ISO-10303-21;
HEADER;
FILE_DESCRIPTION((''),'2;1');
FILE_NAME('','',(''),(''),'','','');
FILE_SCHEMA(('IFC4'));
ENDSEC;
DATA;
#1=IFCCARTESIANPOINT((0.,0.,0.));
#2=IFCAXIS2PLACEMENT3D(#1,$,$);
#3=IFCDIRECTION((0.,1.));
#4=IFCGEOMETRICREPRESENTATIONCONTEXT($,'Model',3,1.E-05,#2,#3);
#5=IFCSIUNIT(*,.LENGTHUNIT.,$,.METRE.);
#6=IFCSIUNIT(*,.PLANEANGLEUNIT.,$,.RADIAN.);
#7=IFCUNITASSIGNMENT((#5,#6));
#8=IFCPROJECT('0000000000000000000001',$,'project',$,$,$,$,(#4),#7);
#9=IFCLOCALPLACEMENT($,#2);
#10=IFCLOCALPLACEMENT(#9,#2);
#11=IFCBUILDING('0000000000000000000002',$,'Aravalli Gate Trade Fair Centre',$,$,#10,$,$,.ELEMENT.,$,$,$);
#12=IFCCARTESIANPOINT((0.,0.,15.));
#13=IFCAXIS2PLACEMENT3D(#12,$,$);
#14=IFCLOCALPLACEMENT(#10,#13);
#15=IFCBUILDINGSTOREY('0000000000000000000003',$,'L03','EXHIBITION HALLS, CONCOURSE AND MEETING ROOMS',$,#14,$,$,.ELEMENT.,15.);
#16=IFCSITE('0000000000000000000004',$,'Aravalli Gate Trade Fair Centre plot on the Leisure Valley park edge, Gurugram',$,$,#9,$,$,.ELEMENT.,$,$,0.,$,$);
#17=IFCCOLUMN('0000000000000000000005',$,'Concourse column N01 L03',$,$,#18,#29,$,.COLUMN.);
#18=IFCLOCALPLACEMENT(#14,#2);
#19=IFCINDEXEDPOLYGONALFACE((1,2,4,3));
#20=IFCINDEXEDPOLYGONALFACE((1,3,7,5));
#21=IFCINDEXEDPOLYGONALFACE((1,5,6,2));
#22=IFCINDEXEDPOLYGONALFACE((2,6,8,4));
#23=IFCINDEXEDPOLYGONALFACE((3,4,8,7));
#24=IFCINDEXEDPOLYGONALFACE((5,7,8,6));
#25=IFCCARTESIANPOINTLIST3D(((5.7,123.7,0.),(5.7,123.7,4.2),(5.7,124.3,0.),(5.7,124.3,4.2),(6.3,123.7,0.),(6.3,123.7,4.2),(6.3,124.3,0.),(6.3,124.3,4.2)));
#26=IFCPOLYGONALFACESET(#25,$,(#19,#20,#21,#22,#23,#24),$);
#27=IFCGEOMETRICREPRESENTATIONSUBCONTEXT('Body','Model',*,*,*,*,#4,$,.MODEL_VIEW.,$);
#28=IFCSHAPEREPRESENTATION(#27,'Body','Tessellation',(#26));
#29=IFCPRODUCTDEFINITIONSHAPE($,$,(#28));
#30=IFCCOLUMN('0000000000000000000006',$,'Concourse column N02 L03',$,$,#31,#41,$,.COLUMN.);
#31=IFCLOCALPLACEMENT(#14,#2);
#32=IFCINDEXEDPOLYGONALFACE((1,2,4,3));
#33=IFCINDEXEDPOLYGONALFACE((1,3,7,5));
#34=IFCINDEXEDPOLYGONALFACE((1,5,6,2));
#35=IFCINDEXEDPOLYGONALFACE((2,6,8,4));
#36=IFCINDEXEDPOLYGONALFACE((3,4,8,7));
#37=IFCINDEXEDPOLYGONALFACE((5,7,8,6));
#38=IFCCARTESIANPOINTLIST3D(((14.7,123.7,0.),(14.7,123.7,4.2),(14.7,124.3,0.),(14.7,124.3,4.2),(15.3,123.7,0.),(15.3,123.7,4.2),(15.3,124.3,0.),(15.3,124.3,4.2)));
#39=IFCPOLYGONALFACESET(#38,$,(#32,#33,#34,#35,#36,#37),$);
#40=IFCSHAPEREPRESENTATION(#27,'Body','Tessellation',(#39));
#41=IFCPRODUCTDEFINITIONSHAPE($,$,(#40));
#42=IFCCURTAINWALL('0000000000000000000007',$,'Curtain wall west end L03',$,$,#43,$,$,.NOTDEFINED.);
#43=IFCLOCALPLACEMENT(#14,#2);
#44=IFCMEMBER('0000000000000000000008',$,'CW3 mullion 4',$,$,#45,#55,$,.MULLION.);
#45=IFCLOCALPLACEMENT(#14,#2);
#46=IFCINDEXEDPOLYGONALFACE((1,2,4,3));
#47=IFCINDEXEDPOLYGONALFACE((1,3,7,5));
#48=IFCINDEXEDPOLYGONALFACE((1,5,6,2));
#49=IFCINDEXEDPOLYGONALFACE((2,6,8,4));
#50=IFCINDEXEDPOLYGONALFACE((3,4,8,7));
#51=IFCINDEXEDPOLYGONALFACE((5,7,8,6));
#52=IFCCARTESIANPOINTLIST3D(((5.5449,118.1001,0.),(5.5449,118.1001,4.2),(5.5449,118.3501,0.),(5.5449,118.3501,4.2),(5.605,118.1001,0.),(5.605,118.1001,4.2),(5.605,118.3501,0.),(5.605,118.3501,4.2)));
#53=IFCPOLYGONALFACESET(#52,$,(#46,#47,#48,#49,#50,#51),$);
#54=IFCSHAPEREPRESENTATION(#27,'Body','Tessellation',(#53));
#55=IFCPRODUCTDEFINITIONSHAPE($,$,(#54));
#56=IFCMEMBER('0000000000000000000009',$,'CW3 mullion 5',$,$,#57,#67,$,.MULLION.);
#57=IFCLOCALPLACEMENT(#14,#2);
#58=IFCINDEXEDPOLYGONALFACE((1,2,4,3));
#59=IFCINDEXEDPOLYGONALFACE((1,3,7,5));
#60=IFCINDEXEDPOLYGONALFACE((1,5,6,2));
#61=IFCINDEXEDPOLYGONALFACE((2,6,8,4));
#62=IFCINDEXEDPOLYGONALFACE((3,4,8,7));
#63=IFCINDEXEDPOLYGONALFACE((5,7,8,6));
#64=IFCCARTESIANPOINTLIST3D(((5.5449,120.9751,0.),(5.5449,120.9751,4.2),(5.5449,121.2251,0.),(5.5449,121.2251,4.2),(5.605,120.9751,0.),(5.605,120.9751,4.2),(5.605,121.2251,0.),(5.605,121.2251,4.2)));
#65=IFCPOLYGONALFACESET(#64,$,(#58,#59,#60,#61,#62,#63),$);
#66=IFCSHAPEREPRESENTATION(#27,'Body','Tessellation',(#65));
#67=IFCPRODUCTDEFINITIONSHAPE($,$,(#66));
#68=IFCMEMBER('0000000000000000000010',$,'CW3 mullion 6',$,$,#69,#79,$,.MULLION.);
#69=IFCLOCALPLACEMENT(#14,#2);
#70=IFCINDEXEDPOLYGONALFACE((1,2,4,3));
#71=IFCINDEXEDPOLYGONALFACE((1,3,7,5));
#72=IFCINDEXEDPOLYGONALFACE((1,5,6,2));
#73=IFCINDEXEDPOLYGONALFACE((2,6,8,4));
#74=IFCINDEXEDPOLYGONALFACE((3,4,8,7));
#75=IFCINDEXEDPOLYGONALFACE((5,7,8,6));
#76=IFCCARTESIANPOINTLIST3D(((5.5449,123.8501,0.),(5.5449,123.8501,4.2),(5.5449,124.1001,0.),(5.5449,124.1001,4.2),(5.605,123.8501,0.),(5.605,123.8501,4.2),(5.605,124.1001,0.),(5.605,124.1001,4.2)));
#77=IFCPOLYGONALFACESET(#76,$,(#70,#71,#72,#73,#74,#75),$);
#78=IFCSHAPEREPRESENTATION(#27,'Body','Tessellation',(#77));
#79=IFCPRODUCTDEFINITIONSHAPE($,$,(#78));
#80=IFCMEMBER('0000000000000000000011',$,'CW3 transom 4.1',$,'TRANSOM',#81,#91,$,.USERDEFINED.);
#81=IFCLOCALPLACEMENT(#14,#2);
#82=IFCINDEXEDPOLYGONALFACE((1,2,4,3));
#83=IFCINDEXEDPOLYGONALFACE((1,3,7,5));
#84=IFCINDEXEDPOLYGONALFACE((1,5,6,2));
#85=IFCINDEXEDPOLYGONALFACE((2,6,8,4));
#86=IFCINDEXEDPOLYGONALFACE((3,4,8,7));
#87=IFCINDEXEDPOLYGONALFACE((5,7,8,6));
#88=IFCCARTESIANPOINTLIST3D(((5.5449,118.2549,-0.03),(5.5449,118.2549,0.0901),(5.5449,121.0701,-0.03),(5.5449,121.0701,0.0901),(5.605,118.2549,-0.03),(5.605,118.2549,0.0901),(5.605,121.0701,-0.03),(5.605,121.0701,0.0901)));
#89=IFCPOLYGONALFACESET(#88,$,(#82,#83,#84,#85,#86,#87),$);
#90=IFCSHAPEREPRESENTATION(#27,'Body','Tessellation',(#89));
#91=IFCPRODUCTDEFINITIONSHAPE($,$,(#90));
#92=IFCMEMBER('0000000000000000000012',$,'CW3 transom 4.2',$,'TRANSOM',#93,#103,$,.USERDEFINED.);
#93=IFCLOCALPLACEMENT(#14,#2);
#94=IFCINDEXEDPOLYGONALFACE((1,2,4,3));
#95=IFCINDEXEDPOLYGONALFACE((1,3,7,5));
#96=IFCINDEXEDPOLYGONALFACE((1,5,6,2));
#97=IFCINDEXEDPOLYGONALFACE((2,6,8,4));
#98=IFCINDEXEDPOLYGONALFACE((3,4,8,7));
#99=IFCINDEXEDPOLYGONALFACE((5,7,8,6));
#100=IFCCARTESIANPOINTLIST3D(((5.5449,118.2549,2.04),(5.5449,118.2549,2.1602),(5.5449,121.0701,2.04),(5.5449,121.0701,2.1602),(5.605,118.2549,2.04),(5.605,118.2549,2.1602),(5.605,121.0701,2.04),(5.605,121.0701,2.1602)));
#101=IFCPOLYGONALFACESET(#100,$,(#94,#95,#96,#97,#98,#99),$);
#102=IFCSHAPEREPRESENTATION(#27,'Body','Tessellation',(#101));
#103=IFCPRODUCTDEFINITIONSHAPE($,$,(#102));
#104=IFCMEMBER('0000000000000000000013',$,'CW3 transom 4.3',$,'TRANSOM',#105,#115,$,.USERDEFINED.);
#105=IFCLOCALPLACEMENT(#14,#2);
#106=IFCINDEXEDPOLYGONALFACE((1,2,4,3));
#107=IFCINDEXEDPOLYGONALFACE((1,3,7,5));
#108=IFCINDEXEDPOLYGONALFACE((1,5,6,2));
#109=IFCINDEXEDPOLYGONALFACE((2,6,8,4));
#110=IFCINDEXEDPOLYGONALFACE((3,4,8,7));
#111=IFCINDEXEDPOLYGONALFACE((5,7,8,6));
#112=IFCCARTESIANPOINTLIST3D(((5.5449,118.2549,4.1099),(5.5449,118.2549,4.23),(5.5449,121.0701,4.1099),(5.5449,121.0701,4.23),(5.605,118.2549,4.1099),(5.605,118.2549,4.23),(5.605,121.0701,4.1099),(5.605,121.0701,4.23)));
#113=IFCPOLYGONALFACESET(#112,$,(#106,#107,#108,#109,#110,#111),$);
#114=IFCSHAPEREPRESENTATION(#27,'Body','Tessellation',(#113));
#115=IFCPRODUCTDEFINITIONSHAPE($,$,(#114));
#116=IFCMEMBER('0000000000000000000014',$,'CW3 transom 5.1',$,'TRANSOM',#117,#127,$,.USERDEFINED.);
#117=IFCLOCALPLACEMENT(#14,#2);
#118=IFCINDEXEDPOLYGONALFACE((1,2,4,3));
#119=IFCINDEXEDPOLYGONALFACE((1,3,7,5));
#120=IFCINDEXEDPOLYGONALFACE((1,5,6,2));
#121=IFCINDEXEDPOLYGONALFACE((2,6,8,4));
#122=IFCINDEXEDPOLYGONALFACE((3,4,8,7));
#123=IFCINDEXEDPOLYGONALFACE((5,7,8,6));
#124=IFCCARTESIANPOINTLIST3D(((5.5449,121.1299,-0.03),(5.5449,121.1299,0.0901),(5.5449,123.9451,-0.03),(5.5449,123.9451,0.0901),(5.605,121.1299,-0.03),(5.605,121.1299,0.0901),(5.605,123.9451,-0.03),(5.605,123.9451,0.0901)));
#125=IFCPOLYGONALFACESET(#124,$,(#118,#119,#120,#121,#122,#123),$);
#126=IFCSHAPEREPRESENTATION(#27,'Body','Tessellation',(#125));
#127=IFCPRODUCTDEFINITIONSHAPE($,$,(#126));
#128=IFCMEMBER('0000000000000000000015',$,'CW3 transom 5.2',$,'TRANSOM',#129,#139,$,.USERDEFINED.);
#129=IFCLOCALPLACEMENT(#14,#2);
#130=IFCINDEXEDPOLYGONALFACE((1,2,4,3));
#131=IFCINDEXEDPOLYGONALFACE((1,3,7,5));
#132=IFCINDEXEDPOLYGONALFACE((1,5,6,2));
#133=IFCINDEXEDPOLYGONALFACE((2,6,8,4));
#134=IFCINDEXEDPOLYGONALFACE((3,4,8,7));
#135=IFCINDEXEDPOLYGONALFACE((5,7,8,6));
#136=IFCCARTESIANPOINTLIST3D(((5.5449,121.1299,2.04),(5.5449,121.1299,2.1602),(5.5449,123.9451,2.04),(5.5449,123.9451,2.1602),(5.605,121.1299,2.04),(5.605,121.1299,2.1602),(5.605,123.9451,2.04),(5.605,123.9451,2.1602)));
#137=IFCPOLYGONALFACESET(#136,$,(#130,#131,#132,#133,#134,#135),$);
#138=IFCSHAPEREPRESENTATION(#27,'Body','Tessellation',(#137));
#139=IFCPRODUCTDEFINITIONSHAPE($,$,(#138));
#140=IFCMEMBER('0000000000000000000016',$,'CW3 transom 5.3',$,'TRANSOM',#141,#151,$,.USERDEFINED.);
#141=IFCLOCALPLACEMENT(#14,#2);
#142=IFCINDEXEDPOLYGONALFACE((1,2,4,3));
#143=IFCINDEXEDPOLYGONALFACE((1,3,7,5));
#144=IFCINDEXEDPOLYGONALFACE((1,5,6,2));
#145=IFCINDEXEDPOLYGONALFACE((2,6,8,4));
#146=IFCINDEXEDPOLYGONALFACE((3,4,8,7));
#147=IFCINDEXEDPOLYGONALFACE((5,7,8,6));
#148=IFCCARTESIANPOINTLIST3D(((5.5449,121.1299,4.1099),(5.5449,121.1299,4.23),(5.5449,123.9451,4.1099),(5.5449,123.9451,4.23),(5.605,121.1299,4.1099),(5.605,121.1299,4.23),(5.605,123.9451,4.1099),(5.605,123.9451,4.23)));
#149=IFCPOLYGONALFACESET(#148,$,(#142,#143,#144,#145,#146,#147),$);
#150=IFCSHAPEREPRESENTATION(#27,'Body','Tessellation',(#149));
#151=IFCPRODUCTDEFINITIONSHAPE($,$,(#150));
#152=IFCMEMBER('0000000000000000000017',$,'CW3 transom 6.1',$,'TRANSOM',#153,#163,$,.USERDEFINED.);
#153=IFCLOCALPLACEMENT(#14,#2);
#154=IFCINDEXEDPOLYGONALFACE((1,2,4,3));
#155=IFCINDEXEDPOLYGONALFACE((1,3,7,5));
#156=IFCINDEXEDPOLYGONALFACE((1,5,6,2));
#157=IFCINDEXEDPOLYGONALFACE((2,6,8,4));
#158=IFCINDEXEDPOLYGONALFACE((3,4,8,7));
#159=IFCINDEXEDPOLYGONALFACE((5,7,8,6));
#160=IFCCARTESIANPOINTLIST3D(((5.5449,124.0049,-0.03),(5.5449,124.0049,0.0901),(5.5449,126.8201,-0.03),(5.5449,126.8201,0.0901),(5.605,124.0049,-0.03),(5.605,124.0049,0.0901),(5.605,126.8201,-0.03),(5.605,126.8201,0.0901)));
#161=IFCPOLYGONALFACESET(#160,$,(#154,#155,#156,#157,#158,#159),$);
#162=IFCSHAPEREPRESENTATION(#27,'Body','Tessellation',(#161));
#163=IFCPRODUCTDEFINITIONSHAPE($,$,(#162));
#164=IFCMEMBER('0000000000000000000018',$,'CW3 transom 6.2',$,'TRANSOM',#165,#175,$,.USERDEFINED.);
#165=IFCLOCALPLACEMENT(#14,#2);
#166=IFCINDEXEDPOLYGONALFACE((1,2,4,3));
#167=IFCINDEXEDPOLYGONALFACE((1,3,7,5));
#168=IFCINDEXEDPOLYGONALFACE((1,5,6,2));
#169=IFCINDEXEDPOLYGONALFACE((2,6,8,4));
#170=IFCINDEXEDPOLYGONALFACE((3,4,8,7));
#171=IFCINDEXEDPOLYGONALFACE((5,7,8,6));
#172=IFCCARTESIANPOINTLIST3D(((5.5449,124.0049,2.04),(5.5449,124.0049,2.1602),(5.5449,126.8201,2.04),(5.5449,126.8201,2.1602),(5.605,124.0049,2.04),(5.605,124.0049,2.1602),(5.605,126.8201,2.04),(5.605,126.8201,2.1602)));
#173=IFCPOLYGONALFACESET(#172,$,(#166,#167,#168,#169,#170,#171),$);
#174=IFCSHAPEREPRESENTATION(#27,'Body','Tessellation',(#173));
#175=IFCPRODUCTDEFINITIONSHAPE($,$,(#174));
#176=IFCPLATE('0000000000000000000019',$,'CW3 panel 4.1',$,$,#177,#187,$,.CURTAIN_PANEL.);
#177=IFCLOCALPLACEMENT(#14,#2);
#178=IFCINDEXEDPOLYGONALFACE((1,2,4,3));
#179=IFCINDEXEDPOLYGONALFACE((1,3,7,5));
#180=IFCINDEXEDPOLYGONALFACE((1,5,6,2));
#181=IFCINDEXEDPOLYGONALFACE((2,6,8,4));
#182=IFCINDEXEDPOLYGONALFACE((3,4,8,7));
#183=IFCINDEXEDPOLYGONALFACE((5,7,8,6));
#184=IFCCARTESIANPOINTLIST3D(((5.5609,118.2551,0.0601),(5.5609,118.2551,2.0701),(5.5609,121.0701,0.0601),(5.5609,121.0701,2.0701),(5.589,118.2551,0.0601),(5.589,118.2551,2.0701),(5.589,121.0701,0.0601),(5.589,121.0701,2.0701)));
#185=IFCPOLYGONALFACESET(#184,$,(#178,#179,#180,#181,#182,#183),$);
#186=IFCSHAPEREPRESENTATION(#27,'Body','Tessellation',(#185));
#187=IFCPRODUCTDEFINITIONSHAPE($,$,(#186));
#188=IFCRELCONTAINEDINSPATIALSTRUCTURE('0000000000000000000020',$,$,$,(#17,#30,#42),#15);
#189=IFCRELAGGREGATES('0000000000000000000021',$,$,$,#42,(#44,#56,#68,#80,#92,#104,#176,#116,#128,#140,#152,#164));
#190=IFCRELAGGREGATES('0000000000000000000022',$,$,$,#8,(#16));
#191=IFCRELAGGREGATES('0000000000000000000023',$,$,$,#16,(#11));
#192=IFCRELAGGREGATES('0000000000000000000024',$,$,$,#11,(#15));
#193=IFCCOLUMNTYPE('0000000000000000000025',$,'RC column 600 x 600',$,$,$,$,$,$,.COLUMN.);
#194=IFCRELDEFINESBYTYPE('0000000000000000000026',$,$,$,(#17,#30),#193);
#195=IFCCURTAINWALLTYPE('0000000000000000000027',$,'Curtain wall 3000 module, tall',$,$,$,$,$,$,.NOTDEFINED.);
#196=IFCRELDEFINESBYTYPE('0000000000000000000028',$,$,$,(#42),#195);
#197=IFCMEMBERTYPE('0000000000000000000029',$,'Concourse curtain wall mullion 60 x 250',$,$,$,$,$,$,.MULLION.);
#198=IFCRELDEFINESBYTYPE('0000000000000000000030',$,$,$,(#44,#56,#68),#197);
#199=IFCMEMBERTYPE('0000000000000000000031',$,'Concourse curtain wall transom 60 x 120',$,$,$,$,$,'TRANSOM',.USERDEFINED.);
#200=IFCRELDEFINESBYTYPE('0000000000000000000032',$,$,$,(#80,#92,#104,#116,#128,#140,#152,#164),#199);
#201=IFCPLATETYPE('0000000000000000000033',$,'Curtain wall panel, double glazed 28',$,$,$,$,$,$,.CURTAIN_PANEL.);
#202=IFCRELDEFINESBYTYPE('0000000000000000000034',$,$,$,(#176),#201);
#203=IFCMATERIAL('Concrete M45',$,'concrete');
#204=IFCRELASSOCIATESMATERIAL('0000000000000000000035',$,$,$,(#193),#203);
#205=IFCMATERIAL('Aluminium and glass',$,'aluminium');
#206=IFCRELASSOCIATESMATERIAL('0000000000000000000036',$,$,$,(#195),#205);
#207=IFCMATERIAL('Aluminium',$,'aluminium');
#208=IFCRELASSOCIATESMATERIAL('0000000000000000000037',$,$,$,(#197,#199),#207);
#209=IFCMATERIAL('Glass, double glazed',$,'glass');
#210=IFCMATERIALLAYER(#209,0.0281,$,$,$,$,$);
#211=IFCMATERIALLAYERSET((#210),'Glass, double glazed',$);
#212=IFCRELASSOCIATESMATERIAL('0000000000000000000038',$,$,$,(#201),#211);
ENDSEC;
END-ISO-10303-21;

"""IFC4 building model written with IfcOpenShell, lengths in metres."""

from ifc_helpers import new_model, si_unit, direction, frame, origin, origin_2d, place, context, subcontext, project, spatial, rectangle, extrude, material, layer, layer_set, material_profile, profile_set, type_object, element, aggregate, save


model = new_model("IFC4")

# Units and contexts
model_context = context("Model", 3, precision=1e-05, world=origin(), true_north=direction((0.0, 1.0)))
body_context = subcontext(model_context, "Body", "Model", "MODEL_VIEW")
ifc_project = project(units=[si_unit("LENGTHUNIT", "METRE"), si_unit("PLANEANGLEUNIT", "RADIAN")], contexts=[model_context])

# Site, building, storey
site_placement = place(None, origin())
site = spatial("IfcSite", under=ifc_project, at=site_placement, Name="Aravalli Gate Trade Fair Centre plot on the Leisure Valley park edge, Gurugram", CompositionType="ELEMENT", RefElevation=0.0)
building_placement = place(site_placement, origin())
building = spatial("IfcBuilding", under=site, at=building_placement, Name="Aravalli Gate Trade Fair Centre", CompositionType="ELEMENT")
storey_placement = place(building_placement, frame((0.0, 0.0, 15.0)))
storey = spatial("IfcBuildingStorey", under=building, at=storey_placement, Name="L03", Description="EXHIBITION HALLS, CONCOURSE AND MEETING ROOMS", CompositionType="ELEMENT", Elevation=15.0)

# Columns
ifc_material_1 = material(Name="Concrete M45", Category="concrete")
ifc_material_profile_1 = material_profile(ifc_material_1, rectangle(XDim=0.6001, YDim=0.6001, at=origin_2d()), Name="RC column 600 x 600")
ifc_profile_set_1 = profile_set([ifc_material_profile_1], Name="Concrete M45")
column_type = type_object("IfcColumnType", Name="RC column 600 x 600", PredefinedType="COLUMN", material=ifc_profile_set_1)
for number, where, z_axis, x_axis, name in (
    (1, (6.0, 124.0, 0.0), (0.0, 0.0, 1.0), (1.0, 0.0, 0.0), "Concourse column N01 L03"),
    (2, (15.0, 124.0, 0.0), (0.0, 0.0, 1.0), (1.0, 0.0, 0.0), "Concourse column N02 L03"),
):
    element("IfcColumn", number, at=place(storey_placement, frame(where, z_axis=z_axis, x_axis=x_axis)), inside=storey, type_object=column_type, Name=name, PredefinedType="COLUMN", context=body_context, shape_type="SweptSolid", body=[
        extrude(rectangle(XDim=0.6001, YDim=0.6001, at=origin_2d()), origin(), (0.0, 0.0, 1.0), 4.2),
    ])

# Curtain wall, members, plate
ifc_material_2 = material(Name="Aluminium and glass", Category="aluminium")
curtain_wall_type = type_object("IfcCurtainWallType", Name="Curtain wall 3000 module, tall", PredefinedType="NOTDEFINED", material=ifc_material_2)
curtain_wall_placement = place(storey_placement, origin())
curtain_wall = element("IfcCurtainWall", 3, at=curtain_wall_placement, inside=storey, type_object=curtain_wall_type, Name="Curtain wall west end L03", PredefinedType="NOTDEFINED")
ifc_material_3 = material(Name="Aluminium", Category="aluminium")
ifc_material_profile_2 = material_profile(ifc_material_3, rectangle(XDim=0.0601, YDim=0.25, at=origin_2d()), Name="Concourse curtain wall mullion 60 x 250")
ifc_profile_set_2 = profile_set([ifc_material_profile_2], Name="Aluminium")
member_type_1 = type_object("IfcMemberType", Name="Concourse curtain wall mullion 60 x 250", PredefinedType="MULLION", material=ifc_profile_set_2)
member_1_placement = place(storey_placement, frame((5.575, 118.2251, 0.0), z_axis=(0.0, 0.0, 1.0), x_axis=(-1.0, 0.0, 0.0)))
member_1 = element("IfcMember", 4, at=member_1_placement, type_object=member_type_1, Name="CW3 mullion 4", PredefinedType="MULLION", context=body_context, shape_type="SweptSolid", body=[
    extrude(rectangle(XDim=0.0601, YDim=0.25, at=origin_2d()), origin(), (0.0, 0.0, 1.0), 4.2),
])
member_2_placement = place(storey_placement, frame((5.575, 121.1001, 0.0), z_axis=(0.0, 0.0, 1.0), x_axis=(-1.0, 0.0, 0.0)))
member_2 = element("IfcMember", 5, at=member_2_placement, type_object=member_type_1, Name="CW3 mullion 5", PredefinedType="MULLION", context=body_context, shape_type="SweptSolid", body=[
    extrude(rectangle(XDim=0.0601, YDim=0.25, at=origin_2d()), origin(), (0.0, 0.0, 1.0), 4.2),
])
member_3_placement = place(storey_placement, frame((5.575, 123.9751, 0.0), z_axis=(0.0, 0.0, 1.0), x_axis=(-1.0, 0.0, 0.0)))
member_3 = element("IfcMember", 6, at=member_3_placement, type_object=member_type_1, Name="CW3 mullion 6", PredefinedType="MULLION", context=body_context, shape_type="SweptSolid", body=[
    extrude(rectangle(XDim=0.0601, YDim=0.25, at=origin_2d()), origin(), (0.0, 0.0, 1.0), 4.2),
])
ifc_material_profile_3 = material_profile(ifc_material_3, rectangle(XDim=0.0601, YDim=0.1201, at=origin_2d()), Name="Concourse curtain wall transom 60 x 120")
ifc_profile_set_3 = profile_set([ifc_material_profile_3], Name="Aluminium")
member_type_2 = type_object("IfcMemberType", Name="Concourse curtain wall transom 60 x 120", ElementType="TRANSOM", PredefinedType="USERDEFINED", material=ifc_profile_set_3)
member_4_placement = place(storey_placement, frame((5.575, 118.2549, 0.03), z_axis=(0.0, 1.0, 0.0), x_axis=(-1.0, 0.0, 0.0)))
member_4 = element("IfcMember", 7, at=member_4_placement, type_object=member_type_2, Name="CW3 transom 4.1", ObjectType="TRANSOM", PredefinedType="USERDEFINED", context=body_context, shape_type="SweptSolid", body=[
    extrude(rectangle(XDim=0.0601, YDim=0.1201, at=origin_2d()), origin(), (0.0, 0.0, 1.0), 2.8152),
])
member_5_placement = place(storey_placement, frame((5.575, 118.2549, 2.1001), z_axis=(0.0, 1.0, 0.0), x_axis=(-1.0, 0.0, 0.0)))
member_5 = element("IfcMember", 8, at=member_5_placement, type_object=member_type_2, Name="CW3 transom 4.2", ObjectType="TRANSOM", PredefinedType="USERDEFINED", context=body_context, shape_type="SweptSolid", body=[
    extrude(rectangle(XDim=0.0601, YDim=0.1201, at=origin_2d()), origin(), (0.0, 0.0, 1.0), 2.8152),
])
member_6_placement = place(storey_placement, frame((5.575, 118.2549, 4.1699), z_axis=(0.0, 1.0, 0.0), x_axis=(-1.0, 0.0, 0.0)))
member_6 = element("IfcMember", 9, at=member_6_placement, type_object=member_type_2, Name="CW3 transom 4.3", ObjectType="TRANSOM", PredefinedType="USERDEFINED", context=body_context, shape_type="SweptSolid", body=[
    extrude(rectangle(XDim=0.0601, YDim=0.1201, at=origin_2d()), origin(), (0.0, 0.0, 1.0), 2.8152),
])
member_7_placement = place(storey_placement, frame((5.575, 121.1299, 0.03), z_axis=(0.0, 1.0, 0.0), x_axis=(-1.0, 0.0, 0.0)))
member_7 = element("IfcMember", 10, at=member_7_placement, type_object=member_type_2, Name="CW3 transom 5.1", ObjectType="TRANSOM", PredefinedType="USERDEFINED", context=body_context, shape_type="SweptSolid", body=[
    extrude(rectangle(XDim=0.0601, YDim=0.1201, at=origin_2d()), origin(), (0.0, 0.0, 1.0), 2.8152),
])
member_8_placement = place(storey_placement, frame((5.575, 121.1299, 2.1001), z_axis=(0.0, 1.0, 0.0), x_axis=(-1.0, 0.0, 0.0)))
member_8 = element("IfcMember", 11, at=member_8_placement, type_object=member_type_2, Name="CW3 transom 5.2", ObjectType="TRANSOM", PredefinedType="USERDEFINED", context=body_context, shape_type="SweptSolid", body=[
    extrude(rectangle(XDim=0.0601, YDim=0.1201, at=origin_2d()), origin(), (0.0, 0.0, 1.0), 2.8152),
])
member_9_placement = place(storey_placement, frame((5.575, 121.1299, 4.1699), z_axis=(0.0, 1.0, 0.0), x_axis=(-1.0, 0.0, 0.0)))
member_9 = element("IfcMember", 12, at=member_9_placement, type_object=member_type_2, Name="CW3 transom 5.3", ObjectType="TRANSOM", PredefinedType="USERDEFINED", context=body_context, shape_type="SweptSolid", body=[
    extrude(rectangle(XDim=0.0601, YDim=0.1201, at=origin_2d()), origin(), (0.0, 0.0, 1.0), 2.8152),
])
member_10_placement = place(storey_placement, frame((5.575, 124.0049, 0.03), z_axis=(0.0, 1.0, 0.0), x_axis=(-1.0, 0.0, 0.0)))
member_10 = element("IfcMember", 13, at=member_10_placement, type_object=member_type_2, Name="CW3 transom 6.1", ObjectType="TRANSOM", PredefinedType="USERDEFINED", context=body_context, shape_type="SweptSolid", body=[
    extrude(rectangle(XDim=0.0601, YDim=0.1201, at=origin_2d()), origin(), (0.0, 0.0, 1.0), 2.8152),
])
member_11_placement = place(storey_placement, frame((5.575, 124.0049, 2.1001), z_axis=(0.0, 1.0, 0.0), x_axis=(-1.0, 0.0, 0.0)))
member_11 = element("IfcMember", 14, at=member_11_placement, type_object=member_type_2, Name="CW3 transom 6.2", ObjectType="TRANSOM", PredefinedType="USERDEFINED", context=body_context, shape_type="SweptSolid", body=[
    extrude(rectangle(XDim=0.0601, YDim=0.1201, at=origin_2d()), origin(), (0.0, 0.0, 1.0), 2.8152),
])
ifc_material_4 = material(Name="Glass, double glazed", Category="glass")
ifc_layer_1 = layer(ifc_material_4, 0.0281)
ifc_layer_set_1 = layer_set([ifc_layer_1], Name="Glass, double glazed")
plate_type = type_object("IfcPlateType", Name="Curtain wall panel, double glazed 28", PredefinedType="CURTAIN_PANEL", material=ifc_layer_set_1)
plate_1_placement = place(storey_placement, frame((5.575, 119.6626, 0.0601), z_axis=(0.0, 0.0, 1.0), x_axis=(0.0, 1.0, 0.0)))
plate_1 = element("IfcPlate", 15, at=plate_1_placement, type_object=plate_type, Name="CW3 panel 4.1", PredefinedType="CURTAIN_PANEL", context=body_context, shape_type="SweptSolid", body=[
    extrude(rectangle(XDim=2.8149, YDim=0.0281, at=origin_2d()), origin(), (0.0, 0.0, 1.0), 2.01),
])
aggregate(curtain_wall, [member_1, member_2, member_3, member_4, member_5, member_6, plate_1, member_7, member_8, member_9, member_10, member_11])

save(model, "model.ifc")
